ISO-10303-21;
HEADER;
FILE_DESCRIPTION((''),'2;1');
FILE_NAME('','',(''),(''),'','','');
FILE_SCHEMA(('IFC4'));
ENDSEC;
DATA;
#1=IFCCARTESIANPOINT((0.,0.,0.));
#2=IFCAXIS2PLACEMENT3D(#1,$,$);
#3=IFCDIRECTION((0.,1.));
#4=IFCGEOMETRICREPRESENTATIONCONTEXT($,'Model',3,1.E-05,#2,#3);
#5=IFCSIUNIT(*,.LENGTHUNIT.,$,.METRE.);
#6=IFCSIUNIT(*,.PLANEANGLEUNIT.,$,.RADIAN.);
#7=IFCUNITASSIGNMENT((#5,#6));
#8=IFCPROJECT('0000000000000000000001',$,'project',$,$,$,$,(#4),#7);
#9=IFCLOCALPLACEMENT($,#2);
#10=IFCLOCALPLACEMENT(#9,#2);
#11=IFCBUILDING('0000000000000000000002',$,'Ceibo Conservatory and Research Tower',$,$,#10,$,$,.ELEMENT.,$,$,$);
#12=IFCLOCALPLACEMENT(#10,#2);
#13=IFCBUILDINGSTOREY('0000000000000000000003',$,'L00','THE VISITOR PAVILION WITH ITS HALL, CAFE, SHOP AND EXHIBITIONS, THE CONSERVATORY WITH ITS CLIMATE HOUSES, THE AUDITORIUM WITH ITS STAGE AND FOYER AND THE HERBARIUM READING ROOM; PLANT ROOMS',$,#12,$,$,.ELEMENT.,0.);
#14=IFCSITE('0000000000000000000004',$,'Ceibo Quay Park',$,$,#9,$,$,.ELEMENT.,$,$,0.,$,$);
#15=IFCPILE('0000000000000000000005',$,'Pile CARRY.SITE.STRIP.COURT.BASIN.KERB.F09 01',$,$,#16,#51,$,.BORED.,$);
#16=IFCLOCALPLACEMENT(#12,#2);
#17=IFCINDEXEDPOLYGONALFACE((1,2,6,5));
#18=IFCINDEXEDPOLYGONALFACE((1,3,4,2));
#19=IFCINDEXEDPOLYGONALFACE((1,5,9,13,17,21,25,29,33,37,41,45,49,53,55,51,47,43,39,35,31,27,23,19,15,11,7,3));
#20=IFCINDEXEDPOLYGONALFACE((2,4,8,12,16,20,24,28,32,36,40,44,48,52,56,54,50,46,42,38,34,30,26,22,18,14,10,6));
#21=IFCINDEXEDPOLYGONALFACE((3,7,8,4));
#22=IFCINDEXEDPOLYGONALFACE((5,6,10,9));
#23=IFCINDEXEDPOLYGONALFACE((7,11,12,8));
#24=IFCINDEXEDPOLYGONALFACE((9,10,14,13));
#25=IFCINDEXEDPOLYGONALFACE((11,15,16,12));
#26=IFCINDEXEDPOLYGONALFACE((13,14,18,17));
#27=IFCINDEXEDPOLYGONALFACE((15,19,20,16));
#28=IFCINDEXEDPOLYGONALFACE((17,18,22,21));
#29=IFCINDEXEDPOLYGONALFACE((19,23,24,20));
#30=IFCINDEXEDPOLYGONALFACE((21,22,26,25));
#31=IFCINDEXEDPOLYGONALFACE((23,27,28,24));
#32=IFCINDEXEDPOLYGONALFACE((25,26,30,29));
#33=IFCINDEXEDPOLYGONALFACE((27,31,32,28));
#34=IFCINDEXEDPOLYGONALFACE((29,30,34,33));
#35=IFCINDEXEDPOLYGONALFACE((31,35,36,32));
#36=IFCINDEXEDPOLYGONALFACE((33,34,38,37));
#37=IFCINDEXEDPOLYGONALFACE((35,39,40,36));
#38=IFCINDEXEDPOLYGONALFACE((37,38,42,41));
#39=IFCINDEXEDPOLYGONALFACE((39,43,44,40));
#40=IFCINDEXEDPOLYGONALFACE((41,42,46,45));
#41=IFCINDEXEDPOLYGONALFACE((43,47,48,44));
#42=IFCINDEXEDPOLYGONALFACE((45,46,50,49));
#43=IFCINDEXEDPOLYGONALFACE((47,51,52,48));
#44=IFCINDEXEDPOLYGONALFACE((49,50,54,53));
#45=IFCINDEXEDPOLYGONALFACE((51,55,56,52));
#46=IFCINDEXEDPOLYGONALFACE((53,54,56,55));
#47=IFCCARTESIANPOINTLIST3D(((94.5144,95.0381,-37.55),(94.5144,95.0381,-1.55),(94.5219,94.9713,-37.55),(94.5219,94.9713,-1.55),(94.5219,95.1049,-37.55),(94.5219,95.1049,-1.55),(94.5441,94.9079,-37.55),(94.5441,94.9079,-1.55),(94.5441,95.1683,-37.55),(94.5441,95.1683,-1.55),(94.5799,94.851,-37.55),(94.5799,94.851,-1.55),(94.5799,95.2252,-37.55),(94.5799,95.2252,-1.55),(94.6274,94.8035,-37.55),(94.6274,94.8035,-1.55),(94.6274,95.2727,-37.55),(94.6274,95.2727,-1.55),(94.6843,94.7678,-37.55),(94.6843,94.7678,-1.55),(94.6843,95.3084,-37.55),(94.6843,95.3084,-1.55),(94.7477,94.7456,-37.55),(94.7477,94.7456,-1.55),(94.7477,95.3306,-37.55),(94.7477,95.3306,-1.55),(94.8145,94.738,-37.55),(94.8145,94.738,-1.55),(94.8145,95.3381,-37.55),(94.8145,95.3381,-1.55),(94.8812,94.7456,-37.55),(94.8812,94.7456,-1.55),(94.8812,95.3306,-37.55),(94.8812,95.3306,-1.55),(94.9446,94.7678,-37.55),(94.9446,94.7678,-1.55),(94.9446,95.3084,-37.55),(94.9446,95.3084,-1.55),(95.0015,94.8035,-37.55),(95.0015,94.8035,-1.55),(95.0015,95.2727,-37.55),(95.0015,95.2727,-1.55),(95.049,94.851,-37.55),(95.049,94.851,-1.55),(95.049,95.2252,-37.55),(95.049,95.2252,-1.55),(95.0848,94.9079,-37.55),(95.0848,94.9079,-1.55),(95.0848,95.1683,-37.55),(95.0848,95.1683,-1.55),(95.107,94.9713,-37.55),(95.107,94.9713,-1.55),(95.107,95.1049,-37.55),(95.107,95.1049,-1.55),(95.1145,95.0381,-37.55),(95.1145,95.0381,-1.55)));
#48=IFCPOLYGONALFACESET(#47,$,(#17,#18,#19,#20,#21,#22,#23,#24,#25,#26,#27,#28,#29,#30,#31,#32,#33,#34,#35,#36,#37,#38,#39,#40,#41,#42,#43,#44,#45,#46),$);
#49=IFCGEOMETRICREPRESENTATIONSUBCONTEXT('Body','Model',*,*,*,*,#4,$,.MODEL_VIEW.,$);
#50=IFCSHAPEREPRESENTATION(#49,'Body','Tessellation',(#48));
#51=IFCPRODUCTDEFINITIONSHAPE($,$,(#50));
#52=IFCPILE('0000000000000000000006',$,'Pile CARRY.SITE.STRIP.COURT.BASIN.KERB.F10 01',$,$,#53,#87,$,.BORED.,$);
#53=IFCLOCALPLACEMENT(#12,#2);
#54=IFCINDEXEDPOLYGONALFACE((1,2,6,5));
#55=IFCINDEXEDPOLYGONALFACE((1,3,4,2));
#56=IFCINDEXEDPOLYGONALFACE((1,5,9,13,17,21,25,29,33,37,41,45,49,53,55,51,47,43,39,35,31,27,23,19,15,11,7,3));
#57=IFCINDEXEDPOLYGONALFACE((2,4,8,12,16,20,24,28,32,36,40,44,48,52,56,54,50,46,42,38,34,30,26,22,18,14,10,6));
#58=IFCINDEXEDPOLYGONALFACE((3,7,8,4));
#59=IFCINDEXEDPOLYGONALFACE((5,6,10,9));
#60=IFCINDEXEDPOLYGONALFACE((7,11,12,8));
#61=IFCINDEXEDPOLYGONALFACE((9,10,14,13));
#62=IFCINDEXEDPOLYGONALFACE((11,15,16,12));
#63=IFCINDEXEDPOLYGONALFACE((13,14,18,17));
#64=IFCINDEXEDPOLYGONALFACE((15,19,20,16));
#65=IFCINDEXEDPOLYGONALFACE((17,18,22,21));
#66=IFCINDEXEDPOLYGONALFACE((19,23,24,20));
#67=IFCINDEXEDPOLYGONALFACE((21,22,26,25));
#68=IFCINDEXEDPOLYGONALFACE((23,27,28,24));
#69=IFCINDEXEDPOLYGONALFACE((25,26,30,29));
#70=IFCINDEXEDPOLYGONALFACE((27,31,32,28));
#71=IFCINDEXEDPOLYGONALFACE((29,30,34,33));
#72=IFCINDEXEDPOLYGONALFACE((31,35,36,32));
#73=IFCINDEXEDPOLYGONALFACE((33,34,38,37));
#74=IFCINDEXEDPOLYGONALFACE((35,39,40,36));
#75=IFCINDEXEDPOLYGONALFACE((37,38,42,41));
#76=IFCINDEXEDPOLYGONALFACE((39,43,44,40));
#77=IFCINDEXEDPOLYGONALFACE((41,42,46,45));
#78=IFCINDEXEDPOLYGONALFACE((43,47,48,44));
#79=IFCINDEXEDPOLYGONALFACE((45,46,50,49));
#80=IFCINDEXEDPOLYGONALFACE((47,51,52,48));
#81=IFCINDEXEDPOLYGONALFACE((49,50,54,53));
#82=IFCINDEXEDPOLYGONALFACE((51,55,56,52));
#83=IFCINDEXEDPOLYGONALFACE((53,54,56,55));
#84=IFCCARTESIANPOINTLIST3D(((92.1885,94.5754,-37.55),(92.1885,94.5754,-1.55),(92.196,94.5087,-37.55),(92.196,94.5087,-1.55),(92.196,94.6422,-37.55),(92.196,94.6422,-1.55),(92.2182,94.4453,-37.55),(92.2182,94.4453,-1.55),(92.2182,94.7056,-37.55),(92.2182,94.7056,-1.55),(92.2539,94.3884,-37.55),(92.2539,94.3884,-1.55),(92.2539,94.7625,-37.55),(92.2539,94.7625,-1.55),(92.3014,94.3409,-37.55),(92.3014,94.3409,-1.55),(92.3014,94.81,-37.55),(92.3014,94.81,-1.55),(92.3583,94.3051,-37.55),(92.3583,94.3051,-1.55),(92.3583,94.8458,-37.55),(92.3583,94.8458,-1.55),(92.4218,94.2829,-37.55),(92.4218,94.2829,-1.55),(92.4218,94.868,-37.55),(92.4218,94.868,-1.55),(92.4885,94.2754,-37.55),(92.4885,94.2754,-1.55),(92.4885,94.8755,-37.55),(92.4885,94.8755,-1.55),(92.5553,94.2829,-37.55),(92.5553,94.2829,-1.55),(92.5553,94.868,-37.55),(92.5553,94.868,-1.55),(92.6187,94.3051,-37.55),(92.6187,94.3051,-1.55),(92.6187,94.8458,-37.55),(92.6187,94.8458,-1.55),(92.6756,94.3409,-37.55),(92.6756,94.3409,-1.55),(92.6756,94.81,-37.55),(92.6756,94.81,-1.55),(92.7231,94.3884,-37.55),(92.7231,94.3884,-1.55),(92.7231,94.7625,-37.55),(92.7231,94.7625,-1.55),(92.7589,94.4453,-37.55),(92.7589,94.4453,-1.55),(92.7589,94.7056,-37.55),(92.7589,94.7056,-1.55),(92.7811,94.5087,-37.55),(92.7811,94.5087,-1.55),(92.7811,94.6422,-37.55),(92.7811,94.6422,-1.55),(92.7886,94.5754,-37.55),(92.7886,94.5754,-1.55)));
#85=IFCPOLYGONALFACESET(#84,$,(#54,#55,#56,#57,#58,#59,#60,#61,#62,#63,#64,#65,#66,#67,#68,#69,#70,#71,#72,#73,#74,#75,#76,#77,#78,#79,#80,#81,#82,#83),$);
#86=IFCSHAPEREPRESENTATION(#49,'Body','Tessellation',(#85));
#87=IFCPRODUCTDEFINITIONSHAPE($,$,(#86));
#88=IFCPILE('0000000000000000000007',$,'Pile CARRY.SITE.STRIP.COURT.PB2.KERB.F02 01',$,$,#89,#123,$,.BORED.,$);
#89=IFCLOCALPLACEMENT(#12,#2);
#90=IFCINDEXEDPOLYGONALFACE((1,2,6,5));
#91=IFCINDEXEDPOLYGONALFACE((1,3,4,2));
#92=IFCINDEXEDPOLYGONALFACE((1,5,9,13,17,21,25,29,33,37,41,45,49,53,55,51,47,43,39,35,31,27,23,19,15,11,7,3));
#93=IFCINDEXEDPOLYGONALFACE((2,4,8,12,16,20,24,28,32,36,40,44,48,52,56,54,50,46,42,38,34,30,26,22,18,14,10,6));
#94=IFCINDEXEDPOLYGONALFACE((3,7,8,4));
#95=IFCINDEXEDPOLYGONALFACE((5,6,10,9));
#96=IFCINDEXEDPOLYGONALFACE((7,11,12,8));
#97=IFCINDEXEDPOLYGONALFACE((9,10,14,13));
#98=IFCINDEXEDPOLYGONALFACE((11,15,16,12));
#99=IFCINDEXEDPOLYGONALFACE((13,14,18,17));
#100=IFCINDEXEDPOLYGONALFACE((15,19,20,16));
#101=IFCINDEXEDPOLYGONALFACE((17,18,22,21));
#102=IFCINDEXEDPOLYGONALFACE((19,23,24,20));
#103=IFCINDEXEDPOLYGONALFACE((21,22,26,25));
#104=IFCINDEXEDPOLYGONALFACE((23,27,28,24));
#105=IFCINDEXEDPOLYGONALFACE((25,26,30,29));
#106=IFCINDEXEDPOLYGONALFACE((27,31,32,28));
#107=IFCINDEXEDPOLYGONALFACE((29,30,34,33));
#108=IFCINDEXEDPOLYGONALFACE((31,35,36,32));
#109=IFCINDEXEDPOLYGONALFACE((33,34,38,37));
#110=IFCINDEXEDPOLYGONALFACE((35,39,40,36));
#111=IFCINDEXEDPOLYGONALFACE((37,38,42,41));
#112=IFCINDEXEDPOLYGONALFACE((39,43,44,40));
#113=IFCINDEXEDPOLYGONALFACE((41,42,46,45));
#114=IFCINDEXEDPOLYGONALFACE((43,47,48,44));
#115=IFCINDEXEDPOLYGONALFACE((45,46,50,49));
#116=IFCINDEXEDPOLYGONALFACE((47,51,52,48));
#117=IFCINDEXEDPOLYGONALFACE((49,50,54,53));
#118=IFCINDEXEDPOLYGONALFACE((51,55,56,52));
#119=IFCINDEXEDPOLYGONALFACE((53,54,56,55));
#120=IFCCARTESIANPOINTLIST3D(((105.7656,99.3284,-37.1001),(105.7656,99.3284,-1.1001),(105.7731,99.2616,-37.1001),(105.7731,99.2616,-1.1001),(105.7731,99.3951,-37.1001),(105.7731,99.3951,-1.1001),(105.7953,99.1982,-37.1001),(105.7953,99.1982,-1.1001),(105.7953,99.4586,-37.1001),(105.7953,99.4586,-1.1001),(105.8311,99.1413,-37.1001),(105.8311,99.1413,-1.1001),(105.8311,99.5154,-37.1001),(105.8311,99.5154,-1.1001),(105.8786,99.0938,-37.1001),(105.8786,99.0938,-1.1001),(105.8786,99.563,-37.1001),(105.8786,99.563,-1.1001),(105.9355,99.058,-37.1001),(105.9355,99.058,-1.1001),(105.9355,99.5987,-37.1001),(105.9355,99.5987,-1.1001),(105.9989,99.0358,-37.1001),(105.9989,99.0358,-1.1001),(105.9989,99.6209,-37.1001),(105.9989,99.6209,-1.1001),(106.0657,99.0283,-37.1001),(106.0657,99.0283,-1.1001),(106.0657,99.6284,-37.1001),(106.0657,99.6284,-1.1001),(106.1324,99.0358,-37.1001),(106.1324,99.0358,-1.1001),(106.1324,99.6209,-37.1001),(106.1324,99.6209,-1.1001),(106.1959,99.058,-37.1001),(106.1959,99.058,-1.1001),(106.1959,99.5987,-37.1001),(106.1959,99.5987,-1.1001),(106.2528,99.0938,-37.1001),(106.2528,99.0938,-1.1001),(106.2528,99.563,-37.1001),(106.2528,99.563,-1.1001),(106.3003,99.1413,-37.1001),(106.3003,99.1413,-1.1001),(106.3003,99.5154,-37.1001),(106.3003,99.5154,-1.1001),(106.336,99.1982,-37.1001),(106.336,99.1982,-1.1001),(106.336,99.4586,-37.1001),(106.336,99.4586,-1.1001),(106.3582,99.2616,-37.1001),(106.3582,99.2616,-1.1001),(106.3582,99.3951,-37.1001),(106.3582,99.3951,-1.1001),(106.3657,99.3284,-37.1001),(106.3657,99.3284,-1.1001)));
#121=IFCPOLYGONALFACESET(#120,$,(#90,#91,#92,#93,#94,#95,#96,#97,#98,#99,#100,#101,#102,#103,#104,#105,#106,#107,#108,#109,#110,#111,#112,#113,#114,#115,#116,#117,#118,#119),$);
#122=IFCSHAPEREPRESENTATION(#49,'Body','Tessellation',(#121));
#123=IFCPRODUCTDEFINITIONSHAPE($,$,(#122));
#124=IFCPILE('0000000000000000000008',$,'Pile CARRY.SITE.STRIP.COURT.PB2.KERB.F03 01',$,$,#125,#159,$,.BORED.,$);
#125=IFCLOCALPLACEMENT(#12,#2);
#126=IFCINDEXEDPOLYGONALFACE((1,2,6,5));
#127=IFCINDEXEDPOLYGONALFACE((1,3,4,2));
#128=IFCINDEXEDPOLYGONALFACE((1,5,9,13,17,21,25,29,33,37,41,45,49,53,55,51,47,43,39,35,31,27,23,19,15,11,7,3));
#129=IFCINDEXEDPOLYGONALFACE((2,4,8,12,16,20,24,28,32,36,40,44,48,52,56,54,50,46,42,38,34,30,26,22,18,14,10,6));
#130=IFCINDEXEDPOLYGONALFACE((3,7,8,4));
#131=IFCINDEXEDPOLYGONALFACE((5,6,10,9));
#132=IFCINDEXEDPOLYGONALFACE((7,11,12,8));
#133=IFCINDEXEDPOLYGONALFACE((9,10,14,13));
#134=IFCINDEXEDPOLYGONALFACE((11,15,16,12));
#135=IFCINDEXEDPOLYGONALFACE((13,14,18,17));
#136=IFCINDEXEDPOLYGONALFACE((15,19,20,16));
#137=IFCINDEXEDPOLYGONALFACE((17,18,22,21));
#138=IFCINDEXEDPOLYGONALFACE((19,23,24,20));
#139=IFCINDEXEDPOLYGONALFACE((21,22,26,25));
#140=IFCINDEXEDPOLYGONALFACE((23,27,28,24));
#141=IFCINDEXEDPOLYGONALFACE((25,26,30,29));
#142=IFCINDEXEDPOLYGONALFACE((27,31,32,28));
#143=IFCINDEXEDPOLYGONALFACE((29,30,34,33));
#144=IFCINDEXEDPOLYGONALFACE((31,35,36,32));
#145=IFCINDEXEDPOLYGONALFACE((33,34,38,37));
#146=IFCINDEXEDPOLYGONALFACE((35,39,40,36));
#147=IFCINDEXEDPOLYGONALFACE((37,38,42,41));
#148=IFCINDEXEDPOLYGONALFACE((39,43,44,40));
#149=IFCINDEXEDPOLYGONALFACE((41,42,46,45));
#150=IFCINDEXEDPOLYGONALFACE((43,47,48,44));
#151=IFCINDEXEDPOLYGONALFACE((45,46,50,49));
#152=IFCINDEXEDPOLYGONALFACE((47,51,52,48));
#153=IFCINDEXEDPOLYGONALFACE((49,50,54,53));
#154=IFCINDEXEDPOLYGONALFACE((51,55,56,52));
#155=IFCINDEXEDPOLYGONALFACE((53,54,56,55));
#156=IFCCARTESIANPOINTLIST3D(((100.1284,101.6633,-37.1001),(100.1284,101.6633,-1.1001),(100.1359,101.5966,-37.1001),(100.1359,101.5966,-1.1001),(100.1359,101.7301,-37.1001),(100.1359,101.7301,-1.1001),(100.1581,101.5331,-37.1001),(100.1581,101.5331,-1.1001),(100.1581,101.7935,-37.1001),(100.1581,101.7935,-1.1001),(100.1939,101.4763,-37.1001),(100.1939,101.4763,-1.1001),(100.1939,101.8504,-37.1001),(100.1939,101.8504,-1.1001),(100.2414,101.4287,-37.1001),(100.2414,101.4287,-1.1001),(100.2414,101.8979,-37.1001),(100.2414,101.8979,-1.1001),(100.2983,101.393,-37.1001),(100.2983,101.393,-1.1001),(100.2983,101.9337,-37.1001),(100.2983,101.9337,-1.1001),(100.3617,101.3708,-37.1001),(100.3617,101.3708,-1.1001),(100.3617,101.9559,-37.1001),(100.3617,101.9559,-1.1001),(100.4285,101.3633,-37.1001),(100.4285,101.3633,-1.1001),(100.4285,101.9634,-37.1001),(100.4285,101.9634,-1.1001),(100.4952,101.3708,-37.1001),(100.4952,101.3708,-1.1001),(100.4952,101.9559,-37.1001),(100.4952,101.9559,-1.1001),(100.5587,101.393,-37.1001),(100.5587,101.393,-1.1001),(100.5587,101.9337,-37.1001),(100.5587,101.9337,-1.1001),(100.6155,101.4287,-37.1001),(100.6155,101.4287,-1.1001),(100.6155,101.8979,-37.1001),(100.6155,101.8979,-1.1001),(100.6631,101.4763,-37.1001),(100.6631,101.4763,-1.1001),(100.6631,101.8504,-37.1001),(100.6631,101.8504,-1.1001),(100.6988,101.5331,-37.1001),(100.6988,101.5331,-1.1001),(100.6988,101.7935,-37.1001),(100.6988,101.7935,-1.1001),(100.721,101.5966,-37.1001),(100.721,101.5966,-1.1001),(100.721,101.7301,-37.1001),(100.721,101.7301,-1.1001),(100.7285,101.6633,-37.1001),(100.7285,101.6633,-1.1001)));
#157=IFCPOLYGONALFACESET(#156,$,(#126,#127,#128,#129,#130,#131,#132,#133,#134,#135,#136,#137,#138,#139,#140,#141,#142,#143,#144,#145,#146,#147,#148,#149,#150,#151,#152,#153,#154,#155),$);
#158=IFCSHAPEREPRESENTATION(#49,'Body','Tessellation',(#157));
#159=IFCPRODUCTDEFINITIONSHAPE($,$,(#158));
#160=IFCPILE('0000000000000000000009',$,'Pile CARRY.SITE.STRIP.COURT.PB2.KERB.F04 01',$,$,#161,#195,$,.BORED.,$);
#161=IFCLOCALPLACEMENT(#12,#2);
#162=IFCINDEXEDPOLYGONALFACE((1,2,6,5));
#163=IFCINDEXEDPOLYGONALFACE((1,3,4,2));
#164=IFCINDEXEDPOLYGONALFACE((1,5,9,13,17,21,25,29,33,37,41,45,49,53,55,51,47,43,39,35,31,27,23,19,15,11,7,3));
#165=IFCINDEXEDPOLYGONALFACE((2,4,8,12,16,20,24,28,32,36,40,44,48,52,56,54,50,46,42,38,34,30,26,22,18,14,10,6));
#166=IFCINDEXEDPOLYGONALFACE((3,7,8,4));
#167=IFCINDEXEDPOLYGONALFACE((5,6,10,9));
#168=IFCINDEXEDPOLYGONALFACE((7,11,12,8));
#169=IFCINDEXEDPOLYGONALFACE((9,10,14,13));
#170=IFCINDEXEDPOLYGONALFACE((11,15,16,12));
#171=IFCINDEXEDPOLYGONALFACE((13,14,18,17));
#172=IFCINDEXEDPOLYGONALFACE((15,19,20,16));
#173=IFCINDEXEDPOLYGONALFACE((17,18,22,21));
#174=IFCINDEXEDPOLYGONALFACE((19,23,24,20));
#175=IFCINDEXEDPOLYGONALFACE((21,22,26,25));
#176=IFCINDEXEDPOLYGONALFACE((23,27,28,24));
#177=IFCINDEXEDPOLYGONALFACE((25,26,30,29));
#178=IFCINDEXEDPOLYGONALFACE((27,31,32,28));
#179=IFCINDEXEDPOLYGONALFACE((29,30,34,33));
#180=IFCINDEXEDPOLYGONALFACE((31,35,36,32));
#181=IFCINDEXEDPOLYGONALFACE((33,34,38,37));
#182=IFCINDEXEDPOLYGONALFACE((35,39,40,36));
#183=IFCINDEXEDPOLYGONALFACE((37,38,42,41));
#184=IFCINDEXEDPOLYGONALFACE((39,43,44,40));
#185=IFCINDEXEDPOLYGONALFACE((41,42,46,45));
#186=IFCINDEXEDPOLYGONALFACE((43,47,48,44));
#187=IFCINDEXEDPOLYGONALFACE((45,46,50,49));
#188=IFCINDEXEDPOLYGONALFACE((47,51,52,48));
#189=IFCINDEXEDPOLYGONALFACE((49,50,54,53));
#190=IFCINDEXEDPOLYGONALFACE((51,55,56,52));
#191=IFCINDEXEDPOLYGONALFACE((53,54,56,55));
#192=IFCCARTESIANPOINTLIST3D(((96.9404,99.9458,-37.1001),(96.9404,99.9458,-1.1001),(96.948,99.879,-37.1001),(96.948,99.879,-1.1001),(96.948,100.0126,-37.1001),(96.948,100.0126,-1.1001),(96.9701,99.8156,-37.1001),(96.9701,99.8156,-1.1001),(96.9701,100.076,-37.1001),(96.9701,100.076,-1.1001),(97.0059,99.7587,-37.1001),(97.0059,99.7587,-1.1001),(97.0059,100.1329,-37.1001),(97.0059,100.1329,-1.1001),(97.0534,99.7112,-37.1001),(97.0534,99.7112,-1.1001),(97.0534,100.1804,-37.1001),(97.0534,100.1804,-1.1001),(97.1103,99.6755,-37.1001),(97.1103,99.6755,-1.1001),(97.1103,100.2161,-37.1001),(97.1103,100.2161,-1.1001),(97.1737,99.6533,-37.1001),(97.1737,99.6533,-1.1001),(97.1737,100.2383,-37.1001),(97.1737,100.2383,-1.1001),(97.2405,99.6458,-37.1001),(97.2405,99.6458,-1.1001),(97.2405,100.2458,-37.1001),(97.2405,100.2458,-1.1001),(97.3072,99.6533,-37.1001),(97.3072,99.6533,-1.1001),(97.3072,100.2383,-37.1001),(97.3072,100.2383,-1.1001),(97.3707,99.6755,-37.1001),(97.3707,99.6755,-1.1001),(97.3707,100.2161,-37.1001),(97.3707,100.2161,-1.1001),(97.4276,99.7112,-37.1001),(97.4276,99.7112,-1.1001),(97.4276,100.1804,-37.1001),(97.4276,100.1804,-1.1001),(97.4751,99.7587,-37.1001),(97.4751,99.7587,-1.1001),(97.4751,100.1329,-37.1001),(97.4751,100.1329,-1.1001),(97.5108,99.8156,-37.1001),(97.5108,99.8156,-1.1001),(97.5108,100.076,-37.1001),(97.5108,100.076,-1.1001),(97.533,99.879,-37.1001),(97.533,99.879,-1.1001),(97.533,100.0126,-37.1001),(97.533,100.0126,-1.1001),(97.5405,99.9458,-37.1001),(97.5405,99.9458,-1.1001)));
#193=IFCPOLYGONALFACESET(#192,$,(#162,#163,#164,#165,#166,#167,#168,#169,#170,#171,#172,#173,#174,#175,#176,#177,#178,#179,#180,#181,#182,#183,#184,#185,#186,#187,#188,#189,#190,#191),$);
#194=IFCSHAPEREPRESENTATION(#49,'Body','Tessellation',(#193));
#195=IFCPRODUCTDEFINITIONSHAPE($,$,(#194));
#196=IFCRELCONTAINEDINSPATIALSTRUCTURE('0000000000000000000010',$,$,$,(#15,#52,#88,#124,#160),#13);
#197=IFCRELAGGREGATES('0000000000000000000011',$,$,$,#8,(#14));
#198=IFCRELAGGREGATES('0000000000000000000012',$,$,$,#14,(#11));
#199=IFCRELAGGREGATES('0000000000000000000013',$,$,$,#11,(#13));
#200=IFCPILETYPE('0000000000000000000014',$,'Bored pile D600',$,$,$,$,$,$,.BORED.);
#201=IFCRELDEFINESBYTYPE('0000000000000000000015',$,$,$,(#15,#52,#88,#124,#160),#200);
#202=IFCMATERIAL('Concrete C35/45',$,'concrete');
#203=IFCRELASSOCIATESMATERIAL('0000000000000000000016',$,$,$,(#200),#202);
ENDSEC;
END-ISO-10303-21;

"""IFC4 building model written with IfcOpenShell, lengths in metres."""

from ifc_helpers import new_model, si_unit, direction, frame, origin, origin_2d, place, context, subcontext, project, spatial, circle, extrude, material, material_profile, profile_set, type_object, element, save


model = new_model("IFC4")

# Units and contexts
model_context = context("Model", 3, precision=1e-05, world=origin(), true_north=direction((0.0, 1.0)))
body_context = subcontext(model_context, "Body", "Model", "MODEL_VIEW")
ifc_project = project(units=[si_unit("LENGTHUNIT", "METRE"), si_unit("PLANEANGLEUNIT", "RADIAN")], contexts=[model_context])

# Site, building, storey
site_placement = place(None, origin())
site = spatial("IfcSite", under=ifc_project, at=site_placement, Name="Ceibo Quay Park", CompositionType="ELEMENT", RefElevation=0.0)
building_placement = place(site_placement, origin())
building = spatial("IfcBuilding", under=site, at=building_placement, Name="Ceibo Conservatory and Research Tower", CompositionType="ELEMENT")
storey_placement = place(building_placement, origin())
storey = spatial("IfcBuildingStorey", under=building, at=storey_placement, Name="L00", Description="THE VISITOR PAVILION WITH ITS HALL, CAFE, SHOP AND EXHIBITIONS, THE CONSERVATORY WITH ITS CLIMATE HOUSES, THE AUDITORIUM WITH ITS STAGE AND FOYER AND THE HERBARIUM READING ROOM; PLANT ROOMS", CompositionType="ELEMENT", Elevation=0.0)

# Piles
ifc_material_1 = material(Name="Concrete C35/45", Category="concrete")
ifc_material_profile_1 = material_profile(ifc_material_1, circle(Radius=0.3, at=origin_2d()), Name="RC D600")
ifc_profile_set_1 = profile_set([ifc_material_profile_1], Name="Concrete C35/45")
pile_type = type_object("IfcPileType", Name="Bored pile D600", PredefinedType="BORED", material=ifc_profile_set_1)
for number, where, z_axis, x_axis, name in (
    (1, (94.8145, 95.0381, -1.55), (0.0, 0.0, -1.0), (1.0, 0.0, 0.0), "Pile CARRY.SITE.STRIP.COURT.BASIN.KERB.F09 01"),
    (2, (92.4885, 94.5754, -1.55), (0.0, 0.0, -1.0), (1.0, 0.0, 0.0), "Pile CARRY.SITE.STRIP.COURT.BASIN.KERB.F10 01"),
    (3, (106.0657, 99.3284, -1.1001), (0.0, 0.0, -1.0), (1.0, 0.0, 0.0), "Pile CARRY.SITE.STRIP.COURT.PB2.KERB.F02 01"),
    (4, (100.4285, 101.6633, -1.1001), (0.0, 0.0, -1.0), (1.0, 0.0, 0.0), "Pile CARRY.SITE.STRIP.COURT.PB2.KERB.F03 01"),
    (5, (97.2405, 99.9458, -1.1001), (0.0, 0.0, -1.0), (1.0, 0.0, 0.0), "Pile CARRY.SITE.STRIP.COURT.PB2.KERB.F04 01"),
):
    element("IfcPile", number, at=place(storey_placement, frame(where, z_axis=z_axis, x_axis=x_axis)), inside=storey, type_object=pile_type, Name=name, PredefinedType="BORED", context=body_context, shape_type="SweptSolid", body=[
        extrude(circle(Radius=0.3, at=origin_2d()), origin(), (0.0, 0.0, 1.0), 36.0),
    ])

save(model, "model.ifc")
